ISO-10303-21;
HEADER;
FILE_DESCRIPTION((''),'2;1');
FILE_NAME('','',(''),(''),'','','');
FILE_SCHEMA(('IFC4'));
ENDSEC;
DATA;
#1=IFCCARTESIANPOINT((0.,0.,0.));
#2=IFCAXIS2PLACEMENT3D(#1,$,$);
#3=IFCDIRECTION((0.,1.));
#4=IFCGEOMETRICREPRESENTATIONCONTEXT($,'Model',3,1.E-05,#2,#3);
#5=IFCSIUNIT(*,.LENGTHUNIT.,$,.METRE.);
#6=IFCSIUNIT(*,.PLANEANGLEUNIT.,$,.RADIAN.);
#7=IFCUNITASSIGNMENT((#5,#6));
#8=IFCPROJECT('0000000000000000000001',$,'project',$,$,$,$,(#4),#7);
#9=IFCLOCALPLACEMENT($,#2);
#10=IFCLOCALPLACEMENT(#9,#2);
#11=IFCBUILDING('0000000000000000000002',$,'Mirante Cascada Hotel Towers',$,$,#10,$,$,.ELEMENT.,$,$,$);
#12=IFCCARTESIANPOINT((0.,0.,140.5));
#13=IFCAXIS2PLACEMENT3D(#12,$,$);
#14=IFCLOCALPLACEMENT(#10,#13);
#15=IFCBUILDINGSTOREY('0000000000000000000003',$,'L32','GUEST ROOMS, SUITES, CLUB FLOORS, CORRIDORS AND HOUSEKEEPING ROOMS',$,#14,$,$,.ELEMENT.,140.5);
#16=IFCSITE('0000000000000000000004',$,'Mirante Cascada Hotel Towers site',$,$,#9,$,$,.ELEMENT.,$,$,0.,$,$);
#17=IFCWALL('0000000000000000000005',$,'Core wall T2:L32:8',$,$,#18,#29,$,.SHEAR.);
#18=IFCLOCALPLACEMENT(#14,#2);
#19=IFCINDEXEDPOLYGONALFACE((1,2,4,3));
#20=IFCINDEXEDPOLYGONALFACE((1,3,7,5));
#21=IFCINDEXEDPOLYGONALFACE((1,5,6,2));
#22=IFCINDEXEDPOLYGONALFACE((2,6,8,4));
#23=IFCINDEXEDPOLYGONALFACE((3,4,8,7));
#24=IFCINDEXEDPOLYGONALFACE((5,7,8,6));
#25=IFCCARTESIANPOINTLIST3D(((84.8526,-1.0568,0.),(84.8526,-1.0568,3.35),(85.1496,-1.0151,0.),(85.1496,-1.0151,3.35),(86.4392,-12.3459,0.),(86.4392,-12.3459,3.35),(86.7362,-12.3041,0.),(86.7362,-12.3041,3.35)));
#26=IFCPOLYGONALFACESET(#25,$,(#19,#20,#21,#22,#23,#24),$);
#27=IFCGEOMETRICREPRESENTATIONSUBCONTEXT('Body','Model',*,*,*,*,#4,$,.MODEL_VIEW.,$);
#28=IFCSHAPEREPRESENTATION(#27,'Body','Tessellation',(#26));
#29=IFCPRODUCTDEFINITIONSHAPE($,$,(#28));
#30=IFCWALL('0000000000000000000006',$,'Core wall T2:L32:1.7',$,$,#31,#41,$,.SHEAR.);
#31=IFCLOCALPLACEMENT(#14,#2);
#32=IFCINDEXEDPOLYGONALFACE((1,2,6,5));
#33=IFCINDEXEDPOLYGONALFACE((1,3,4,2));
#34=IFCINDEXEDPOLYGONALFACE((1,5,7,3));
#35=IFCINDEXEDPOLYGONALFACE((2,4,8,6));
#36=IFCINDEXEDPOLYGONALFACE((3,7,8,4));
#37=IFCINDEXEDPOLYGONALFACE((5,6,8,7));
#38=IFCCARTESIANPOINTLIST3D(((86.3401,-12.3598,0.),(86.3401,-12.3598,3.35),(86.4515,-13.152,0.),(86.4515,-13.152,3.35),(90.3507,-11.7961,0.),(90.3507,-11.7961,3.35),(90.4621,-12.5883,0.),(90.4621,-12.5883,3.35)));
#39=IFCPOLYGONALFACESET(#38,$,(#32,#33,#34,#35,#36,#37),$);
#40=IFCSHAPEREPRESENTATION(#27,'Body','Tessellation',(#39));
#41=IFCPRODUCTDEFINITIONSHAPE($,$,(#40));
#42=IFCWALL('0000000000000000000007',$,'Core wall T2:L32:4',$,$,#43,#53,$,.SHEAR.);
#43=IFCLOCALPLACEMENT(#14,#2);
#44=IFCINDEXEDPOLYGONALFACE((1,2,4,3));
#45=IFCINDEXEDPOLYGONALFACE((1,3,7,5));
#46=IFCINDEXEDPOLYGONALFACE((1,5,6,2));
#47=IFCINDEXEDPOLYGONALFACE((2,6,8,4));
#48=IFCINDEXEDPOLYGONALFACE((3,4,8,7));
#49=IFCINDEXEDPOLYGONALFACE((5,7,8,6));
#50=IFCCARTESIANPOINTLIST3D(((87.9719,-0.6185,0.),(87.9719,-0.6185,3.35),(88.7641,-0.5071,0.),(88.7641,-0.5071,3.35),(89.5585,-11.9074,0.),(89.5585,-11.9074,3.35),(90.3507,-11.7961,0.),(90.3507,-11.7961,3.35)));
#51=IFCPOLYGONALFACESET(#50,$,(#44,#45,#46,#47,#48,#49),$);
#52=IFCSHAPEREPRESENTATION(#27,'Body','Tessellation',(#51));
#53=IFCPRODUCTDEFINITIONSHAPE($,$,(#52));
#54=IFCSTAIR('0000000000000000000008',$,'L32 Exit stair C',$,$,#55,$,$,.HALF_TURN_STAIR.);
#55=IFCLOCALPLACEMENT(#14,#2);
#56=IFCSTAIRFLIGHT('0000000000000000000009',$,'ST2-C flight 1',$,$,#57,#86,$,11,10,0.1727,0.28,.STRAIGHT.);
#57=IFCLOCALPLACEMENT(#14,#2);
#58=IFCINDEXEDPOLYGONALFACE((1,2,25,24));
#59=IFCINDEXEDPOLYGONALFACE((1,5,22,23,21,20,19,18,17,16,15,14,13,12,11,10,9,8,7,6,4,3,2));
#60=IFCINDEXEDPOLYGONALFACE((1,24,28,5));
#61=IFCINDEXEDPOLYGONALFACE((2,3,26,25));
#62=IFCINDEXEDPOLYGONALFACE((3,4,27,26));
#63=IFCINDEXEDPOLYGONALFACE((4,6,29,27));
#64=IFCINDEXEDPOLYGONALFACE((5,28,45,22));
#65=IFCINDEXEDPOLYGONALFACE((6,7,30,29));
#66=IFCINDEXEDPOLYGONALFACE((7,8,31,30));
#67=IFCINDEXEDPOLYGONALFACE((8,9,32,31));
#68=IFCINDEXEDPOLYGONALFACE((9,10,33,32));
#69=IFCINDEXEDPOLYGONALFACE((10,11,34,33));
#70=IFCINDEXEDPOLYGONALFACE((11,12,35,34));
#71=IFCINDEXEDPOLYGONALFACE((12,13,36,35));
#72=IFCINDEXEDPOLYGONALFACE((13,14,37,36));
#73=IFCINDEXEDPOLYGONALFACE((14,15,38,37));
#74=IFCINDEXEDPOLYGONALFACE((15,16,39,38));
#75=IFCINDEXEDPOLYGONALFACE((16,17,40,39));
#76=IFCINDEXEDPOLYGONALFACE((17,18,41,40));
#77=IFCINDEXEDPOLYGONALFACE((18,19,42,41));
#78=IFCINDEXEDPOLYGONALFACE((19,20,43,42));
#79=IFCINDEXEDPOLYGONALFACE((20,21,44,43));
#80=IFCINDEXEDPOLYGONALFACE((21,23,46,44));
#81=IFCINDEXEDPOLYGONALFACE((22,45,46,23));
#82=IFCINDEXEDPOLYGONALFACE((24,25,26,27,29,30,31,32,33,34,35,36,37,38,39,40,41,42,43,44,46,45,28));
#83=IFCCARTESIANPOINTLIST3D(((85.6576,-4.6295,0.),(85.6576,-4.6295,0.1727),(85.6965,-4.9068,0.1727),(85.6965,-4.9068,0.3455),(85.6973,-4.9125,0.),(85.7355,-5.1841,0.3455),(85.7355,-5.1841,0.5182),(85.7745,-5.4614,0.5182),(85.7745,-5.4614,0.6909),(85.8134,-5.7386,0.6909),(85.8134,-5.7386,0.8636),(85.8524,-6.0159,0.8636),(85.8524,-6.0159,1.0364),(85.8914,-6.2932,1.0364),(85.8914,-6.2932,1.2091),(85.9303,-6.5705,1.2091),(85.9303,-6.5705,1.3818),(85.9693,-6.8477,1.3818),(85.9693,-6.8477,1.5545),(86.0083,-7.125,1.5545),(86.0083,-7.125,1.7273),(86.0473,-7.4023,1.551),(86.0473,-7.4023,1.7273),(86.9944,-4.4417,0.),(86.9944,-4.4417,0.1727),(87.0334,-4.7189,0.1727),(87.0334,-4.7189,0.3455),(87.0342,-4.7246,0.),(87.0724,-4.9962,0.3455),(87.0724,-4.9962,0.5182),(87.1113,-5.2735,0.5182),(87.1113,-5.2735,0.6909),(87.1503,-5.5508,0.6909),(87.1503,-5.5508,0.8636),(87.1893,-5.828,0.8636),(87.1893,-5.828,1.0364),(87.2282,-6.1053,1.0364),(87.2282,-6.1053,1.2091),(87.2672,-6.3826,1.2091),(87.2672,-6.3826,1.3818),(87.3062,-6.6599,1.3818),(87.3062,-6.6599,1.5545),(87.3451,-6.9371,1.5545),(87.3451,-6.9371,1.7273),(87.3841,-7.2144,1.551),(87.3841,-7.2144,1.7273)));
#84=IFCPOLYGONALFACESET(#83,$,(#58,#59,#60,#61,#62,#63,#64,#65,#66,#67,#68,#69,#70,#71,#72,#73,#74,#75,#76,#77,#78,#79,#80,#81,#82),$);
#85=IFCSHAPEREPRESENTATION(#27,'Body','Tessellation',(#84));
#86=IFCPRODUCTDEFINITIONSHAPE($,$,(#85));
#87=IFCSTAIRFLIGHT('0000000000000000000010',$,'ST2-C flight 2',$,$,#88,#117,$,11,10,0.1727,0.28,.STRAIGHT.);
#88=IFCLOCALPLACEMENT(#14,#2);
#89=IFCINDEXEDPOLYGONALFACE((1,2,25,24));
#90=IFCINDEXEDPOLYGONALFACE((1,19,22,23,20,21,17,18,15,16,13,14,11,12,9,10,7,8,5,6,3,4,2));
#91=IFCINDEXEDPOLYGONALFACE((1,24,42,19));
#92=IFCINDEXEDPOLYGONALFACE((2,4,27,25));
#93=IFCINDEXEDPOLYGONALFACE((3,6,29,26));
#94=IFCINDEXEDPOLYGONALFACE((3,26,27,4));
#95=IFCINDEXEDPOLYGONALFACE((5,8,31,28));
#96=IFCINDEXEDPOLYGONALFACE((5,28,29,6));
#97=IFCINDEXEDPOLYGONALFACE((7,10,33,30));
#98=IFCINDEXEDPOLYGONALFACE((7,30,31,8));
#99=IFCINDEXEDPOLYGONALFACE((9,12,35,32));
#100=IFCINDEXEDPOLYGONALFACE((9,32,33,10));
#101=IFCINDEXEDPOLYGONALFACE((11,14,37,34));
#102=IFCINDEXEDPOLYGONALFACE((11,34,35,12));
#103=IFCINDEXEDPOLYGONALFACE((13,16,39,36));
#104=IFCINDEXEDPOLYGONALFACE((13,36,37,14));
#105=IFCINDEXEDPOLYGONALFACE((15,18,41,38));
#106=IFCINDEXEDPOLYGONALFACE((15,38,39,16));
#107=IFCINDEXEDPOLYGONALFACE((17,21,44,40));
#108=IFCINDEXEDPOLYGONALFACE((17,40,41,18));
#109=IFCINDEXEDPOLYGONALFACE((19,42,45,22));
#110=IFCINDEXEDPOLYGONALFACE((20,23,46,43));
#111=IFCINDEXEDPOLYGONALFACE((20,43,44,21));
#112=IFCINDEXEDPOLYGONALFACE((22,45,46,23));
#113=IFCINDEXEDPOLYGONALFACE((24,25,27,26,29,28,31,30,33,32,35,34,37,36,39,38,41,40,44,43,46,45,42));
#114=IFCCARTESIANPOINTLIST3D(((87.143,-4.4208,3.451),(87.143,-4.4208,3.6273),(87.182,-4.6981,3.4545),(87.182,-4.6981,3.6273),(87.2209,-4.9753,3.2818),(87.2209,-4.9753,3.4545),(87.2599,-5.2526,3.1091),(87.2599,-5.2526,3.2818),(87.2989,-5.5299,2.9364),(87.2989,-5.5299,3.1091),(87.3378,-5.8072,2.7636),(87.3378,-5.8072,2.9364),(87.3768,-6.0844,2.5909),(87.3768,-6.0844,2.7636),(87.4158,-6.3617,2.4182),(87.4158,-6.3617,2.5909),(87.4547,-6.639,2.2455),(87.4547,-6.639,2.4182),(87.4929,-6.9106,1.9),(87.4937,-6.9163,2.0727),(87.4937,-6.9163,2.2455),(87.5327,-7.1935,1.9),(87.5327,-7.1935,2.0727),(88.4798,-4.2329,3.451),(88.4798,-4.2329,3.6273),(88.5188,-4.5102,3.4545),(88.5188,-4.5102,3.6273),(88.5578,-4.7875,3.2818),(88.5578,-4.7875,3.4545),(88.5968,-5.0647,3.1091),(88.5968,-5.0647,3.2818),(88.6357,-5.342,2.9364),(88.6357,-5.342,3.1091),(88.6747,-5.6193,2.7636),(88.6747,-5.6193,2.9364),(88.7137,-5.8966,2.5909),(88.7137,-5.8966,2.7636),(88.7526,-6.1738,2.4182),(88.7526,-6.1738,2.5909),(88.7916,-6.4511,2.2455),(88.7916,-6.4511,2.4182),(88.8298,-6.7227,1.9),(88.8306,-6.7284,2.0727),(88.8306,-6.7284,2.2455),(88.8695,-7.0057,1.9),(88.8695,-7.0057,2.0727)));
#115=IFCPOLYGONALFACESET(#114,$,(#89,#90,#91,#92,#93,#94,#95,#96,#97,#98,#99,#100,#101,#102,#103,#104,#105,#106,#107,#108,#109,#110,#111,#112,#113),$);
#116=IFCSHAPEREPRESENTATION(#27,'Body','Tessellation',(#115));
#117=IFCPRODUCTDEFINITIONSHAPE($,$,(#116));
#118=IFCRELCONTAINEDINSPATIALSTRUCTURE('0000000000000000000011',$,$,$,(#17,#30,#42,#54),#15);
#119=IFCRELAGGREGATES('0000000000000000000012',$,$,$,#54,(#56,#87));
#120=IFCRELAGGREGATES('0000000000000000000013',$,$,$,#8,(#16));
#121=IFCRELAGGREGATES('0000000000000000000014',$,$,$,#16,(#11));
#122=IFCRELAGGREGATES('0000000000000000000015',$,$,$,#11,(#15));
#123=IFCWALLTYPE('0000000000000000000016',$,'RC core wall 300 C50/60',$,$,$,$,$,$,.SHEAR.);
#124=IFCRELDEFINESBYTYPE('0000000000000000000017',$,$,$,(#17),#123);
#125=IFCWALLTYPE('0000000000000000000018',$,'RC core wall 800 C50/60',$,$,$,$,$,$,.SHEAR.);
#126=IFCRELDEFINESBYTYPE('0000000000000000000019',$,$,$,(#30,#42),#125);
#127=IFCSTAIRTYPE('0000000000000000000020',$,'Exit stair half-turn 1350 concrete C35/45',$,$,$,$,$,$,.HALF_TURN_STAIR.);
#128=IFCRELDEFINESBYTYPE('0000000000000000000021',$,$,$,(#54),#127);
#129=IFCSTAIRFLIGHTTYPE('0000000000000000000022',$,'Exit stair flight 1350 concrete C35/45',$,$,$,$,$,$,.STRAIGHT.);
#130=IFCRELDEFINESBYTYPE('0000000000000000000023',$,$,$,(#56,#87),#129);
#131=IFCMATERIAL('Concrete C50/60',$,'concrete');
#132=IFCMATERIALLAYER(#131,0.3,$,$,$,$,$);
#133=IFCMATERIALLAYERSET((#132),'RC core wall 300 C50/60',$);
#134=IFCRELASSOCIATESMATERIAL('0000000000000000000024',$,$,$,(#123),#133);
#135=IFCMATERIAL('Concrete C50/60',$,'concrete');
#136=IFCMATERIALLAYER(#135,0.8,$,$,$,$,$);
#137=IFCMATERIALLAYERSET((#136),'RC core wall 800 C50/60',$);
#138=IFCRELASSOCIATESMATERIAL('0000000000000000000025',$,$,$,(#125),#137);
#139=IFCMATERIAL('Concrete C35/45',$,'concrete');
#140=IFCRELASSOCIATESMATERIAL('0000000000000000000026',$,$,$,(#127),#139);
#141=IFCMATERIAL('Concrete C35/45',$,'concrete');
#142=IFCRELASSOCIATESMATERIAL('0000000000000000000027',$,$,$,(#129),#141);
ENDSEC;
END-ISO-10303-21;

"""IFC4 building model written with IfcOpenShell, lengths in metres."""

from ifc_helpers import new_model, si_unit, direction, frame, frame_2d, origin, place, context, subcontext, project, spatial, polyline, rectangle, outline, extrude, material, layer, layer_set, type_object, element, aggregate, save


model = new_model("IFC4")

# Units and contexts
model_context = context("Model", 3, precision=1e-05, world=origin(), true_north=direction((0.0, 1.0)))
body_context = subcontext(model_context, "Body", "Model", "MODEL_VIEW")
ifc_project = project(units=[si_unit("LENGTHUNIT", "METRE"), si_unit("PLANEANGLEUNIT", "RADIAN")], contexts=[model_context])

# Site, building, storey
site_placement = place(None, origin())
site = spatial("IfcSite", under=ifc_project, at=site_placement, Name="Mirante Cascada Hotel Towers site", CompositionType="ELEMENT", RefElevation=0.0)
building_placement = place(site_placement, origin())
building = spatial("IfcBuilding", under=site, at=building_placement, Name="Mirante Cascada Hotel Towers", CompositionType="ELEMENT")
storey_placement = place(building_placement, frame((0.0, 0.0, 140.5)))
storey = spatial("IfcBuildingStorey", under=building, at=storey_placement, Name="L32", Description="GUEST ROOMS, SUITES, CLUB FLOORS, CORRIDORS AND HOUSEKEEPING ROOMS", CompositionType="ELEMENT", Elevation=140.5)

# Walls
ifc_material_1 = material(Name="Concrete C50/60", Category="concrete")
ifc_layer_1 = layer(ifc_material_1, 0.3)
ifc_layer_set_1 = layer_set([ifc_layer_1], Name="RC core wall 300 C50/60")
wall_type_1 = type_object("IfcWallType", Name="RC core wall 300 C50/60", PredefinedType="SHEAR", material=ifc_layer_set_1)
wall_1_placement = place(storey_placement, frame((86.5877, -12.325, 0.0), z_axis=(0.0, 0.0, 1.0), x_axis=(-0.139175, 0.990268, 0.0)))
element("IfcWall", 1, at=wall_1_placement, inside=storey, type_object=wall_type_1, Name="Core wall T2:L32:8", PredefinedType="SHEAR", context=body_context, shape_type="SweptSolid", body=[
    extrude(rectangle(XDim=11.4, YDim=0.3, at=frame_2d((5.7, 0.0))), origin(), (0.0, 0.0, 1.0), 3.35),
])
ifc_material_2 = material(Name="Concrete C50/60", Category="concrete")
ifc_layer_2 = layer(ifc_material_2, 0.8)
ifc_layer_set_2 = layer_set([ifc_layer_2], Name="RC core wall 800 C50/60")
wall_type_2 = type_object("IfcWallType", Name="RC core wall 800 C50/60", PredefinedType="SHEAR", material=ifc_layer_set_2)
wall_2_placement = place(storey_placement, frame((86.3958, -12.7559, 0.0), z_axis=(0.0, 0.0, 1.0), x_axis=(0.990267, 0.139184, 0.0)))
element("IfcWall", 2, at=wall_2_placement, inside=storey, type_object=wall_type_2, Name="Core wall T2:L32:1.7", PredefinedType="SHEAR", context=body_context, shape_type="SweptSolid", body=[
    extrude(rectangle(XDim=4.05, YDim=0.8, at=frame_2d((2.025, 0.0))), origin(), (0.0, 0.0, 1.0), 3.35),
])
wall_3_placement = place(storey_placement, frame((89.9546, -11.8518, 0.0), z_axis=(0.0, 0.0, 1.0), x_axis=(-0.139176, 0.990268, 0.0)))
element("IfcWall", 3, at=wall_3_placement, inside=storey, type_object=wall_type_2, Name="Core wall T2:L32:4", PredefinedType="SHEAR", context=body_context, shape_type="SweptSolid", body=[
    extrude(rectangle(XDim=11.3999, YDim=0.8, at=frame_2d((5.7, 0.0))), origin(), (0.0, 0.0, 1.0), 3.35),
])

# Stair, stair flights
ifc_material_3 = material(Name="Concrete C35/45", Category="concrete")
stair_type = type_object("IfcStairType", Name="Exit stair half-turn 1350 concrete C35/45", PredefinedType="HALF_TURN_STAIR", material=ifc_material_3)
stair_placement = place(storey_placement, origin())
stair = element("IfcStair", 4, at=stair_placement, inside=storey, type_object=stair_type, Name="L32 Exit stair C", PredefinedType="HALF_TURN_STAIR")
ifc_material_4 = material(Name="Concrete C35/45", Category="concrete")
stair_flight_type = type_object("IfcStairFlightType", Name="Exit stair flight 1350 concrete C35/45", PredefinedType="STRAIGHT", material=ifc_material_4)
stair_flight_1_placement = place(storey_placement, frame((86.326, -4.5356, 0.0), z_axis=(0.0, 0.0, 1.0), x_axis=(0.139173, -0.990268, 0.0)))
stair_flight_1 = element("IfcStairFlight", 5, at=stair_flight_1_placement, type_object=stair_flight_type, Name="ST2-C flight 1", NumberOfRisers=11, NumberOfTreads=10, PredefinedType="STRAIGHT", RiserHeight=0.1727, TreadLength=0.28, context=body_context, shape_type="SweptSolid", body=[
    extrude(outline(polyline([(0.0, 0.0), (0.0, 0.1727), (0.28, 0.1727), (0.28, 0.3455), (0.56, 0.3455), (0.56, 0.5182), (0.84, 0.5182), (0.84, 0.6909), (1.12, 0.6909), (1.12, 0.8636), (1.4, 0.8636), (1.4, 1.0364), (1.68, 1.0364), (1.68, 1.2091), (1.96, 1.2091), (1.96, 1.3818), (2.24, 1.3818), (2.24, 1.5545), (2.52, 1.5545), (2.52, 1.7273), (2.8, 1.7273), (2.8, 1.9), (2.8, 1.551), (0.2857, 0.0), (0.0, 0.0)])), frame((0.0, 0.675, 0.0), z_axis=(0.0, -1.0, 0.0), x_axis=(1.0, 0.0, 0.0)), (0.0, 0.0, 1.0), 1.35),
])
stair_flight_2_placement = place(storey_placement, frame((88.2011, -7.0996, 1.9), z_axis=(0.0, 0.0, 1.0), x_axis=(-0.139173, 0.990268, 0.0)))
stair_flight_2 = element("IfcStairFlight", 6, at=stair_flight_2_placement, type_object=stair_flight_type, Name="ST2-C flight 2", NumberOfRisers=11, NumberOfTreads=10, PredefinedType="STRAIGHT", RiserHeight=0.1727, TreadLength=0.28, context=body_context, shape_type="SweptSolid", body=[
    extrude(outline(polyline([(0.0, 0.0), (0.0, 0.1727), (0.28, 0.1727), (0.28, 0.3455), (0.56, 0.3455), (0.56, 0.5182), (0.84, 0.5182), (0.84, 0.6909), (1.12, 0.6909), (1.12, 0.8636), (1.4, 0.8636), (1.4, 1.0364), (1.68, 1.0364), (1.68, 1.2091), (1.96, 1.2091), (1.96, 1.3818), (2.24, 1.3818), (2.24, 1.5545), (2.52, 1.5545), (2.52, 1.7273), (2.8, 1.7273), (2.8, 1.9), (2.8, 1.551), (0.2857, 0.0), (0.0, 0.0)])), frame((0.0, 0.675, 0.0), z_axis=(0.0, -1.0, 0.0), x_axis=(1.0, 0.0, 0.0)), (0.0, 0.0, 1.0), 1.35),
])
aggregate(stair, [stair_flight_1, stair_flight_2])

save(model, "model.ifc")
